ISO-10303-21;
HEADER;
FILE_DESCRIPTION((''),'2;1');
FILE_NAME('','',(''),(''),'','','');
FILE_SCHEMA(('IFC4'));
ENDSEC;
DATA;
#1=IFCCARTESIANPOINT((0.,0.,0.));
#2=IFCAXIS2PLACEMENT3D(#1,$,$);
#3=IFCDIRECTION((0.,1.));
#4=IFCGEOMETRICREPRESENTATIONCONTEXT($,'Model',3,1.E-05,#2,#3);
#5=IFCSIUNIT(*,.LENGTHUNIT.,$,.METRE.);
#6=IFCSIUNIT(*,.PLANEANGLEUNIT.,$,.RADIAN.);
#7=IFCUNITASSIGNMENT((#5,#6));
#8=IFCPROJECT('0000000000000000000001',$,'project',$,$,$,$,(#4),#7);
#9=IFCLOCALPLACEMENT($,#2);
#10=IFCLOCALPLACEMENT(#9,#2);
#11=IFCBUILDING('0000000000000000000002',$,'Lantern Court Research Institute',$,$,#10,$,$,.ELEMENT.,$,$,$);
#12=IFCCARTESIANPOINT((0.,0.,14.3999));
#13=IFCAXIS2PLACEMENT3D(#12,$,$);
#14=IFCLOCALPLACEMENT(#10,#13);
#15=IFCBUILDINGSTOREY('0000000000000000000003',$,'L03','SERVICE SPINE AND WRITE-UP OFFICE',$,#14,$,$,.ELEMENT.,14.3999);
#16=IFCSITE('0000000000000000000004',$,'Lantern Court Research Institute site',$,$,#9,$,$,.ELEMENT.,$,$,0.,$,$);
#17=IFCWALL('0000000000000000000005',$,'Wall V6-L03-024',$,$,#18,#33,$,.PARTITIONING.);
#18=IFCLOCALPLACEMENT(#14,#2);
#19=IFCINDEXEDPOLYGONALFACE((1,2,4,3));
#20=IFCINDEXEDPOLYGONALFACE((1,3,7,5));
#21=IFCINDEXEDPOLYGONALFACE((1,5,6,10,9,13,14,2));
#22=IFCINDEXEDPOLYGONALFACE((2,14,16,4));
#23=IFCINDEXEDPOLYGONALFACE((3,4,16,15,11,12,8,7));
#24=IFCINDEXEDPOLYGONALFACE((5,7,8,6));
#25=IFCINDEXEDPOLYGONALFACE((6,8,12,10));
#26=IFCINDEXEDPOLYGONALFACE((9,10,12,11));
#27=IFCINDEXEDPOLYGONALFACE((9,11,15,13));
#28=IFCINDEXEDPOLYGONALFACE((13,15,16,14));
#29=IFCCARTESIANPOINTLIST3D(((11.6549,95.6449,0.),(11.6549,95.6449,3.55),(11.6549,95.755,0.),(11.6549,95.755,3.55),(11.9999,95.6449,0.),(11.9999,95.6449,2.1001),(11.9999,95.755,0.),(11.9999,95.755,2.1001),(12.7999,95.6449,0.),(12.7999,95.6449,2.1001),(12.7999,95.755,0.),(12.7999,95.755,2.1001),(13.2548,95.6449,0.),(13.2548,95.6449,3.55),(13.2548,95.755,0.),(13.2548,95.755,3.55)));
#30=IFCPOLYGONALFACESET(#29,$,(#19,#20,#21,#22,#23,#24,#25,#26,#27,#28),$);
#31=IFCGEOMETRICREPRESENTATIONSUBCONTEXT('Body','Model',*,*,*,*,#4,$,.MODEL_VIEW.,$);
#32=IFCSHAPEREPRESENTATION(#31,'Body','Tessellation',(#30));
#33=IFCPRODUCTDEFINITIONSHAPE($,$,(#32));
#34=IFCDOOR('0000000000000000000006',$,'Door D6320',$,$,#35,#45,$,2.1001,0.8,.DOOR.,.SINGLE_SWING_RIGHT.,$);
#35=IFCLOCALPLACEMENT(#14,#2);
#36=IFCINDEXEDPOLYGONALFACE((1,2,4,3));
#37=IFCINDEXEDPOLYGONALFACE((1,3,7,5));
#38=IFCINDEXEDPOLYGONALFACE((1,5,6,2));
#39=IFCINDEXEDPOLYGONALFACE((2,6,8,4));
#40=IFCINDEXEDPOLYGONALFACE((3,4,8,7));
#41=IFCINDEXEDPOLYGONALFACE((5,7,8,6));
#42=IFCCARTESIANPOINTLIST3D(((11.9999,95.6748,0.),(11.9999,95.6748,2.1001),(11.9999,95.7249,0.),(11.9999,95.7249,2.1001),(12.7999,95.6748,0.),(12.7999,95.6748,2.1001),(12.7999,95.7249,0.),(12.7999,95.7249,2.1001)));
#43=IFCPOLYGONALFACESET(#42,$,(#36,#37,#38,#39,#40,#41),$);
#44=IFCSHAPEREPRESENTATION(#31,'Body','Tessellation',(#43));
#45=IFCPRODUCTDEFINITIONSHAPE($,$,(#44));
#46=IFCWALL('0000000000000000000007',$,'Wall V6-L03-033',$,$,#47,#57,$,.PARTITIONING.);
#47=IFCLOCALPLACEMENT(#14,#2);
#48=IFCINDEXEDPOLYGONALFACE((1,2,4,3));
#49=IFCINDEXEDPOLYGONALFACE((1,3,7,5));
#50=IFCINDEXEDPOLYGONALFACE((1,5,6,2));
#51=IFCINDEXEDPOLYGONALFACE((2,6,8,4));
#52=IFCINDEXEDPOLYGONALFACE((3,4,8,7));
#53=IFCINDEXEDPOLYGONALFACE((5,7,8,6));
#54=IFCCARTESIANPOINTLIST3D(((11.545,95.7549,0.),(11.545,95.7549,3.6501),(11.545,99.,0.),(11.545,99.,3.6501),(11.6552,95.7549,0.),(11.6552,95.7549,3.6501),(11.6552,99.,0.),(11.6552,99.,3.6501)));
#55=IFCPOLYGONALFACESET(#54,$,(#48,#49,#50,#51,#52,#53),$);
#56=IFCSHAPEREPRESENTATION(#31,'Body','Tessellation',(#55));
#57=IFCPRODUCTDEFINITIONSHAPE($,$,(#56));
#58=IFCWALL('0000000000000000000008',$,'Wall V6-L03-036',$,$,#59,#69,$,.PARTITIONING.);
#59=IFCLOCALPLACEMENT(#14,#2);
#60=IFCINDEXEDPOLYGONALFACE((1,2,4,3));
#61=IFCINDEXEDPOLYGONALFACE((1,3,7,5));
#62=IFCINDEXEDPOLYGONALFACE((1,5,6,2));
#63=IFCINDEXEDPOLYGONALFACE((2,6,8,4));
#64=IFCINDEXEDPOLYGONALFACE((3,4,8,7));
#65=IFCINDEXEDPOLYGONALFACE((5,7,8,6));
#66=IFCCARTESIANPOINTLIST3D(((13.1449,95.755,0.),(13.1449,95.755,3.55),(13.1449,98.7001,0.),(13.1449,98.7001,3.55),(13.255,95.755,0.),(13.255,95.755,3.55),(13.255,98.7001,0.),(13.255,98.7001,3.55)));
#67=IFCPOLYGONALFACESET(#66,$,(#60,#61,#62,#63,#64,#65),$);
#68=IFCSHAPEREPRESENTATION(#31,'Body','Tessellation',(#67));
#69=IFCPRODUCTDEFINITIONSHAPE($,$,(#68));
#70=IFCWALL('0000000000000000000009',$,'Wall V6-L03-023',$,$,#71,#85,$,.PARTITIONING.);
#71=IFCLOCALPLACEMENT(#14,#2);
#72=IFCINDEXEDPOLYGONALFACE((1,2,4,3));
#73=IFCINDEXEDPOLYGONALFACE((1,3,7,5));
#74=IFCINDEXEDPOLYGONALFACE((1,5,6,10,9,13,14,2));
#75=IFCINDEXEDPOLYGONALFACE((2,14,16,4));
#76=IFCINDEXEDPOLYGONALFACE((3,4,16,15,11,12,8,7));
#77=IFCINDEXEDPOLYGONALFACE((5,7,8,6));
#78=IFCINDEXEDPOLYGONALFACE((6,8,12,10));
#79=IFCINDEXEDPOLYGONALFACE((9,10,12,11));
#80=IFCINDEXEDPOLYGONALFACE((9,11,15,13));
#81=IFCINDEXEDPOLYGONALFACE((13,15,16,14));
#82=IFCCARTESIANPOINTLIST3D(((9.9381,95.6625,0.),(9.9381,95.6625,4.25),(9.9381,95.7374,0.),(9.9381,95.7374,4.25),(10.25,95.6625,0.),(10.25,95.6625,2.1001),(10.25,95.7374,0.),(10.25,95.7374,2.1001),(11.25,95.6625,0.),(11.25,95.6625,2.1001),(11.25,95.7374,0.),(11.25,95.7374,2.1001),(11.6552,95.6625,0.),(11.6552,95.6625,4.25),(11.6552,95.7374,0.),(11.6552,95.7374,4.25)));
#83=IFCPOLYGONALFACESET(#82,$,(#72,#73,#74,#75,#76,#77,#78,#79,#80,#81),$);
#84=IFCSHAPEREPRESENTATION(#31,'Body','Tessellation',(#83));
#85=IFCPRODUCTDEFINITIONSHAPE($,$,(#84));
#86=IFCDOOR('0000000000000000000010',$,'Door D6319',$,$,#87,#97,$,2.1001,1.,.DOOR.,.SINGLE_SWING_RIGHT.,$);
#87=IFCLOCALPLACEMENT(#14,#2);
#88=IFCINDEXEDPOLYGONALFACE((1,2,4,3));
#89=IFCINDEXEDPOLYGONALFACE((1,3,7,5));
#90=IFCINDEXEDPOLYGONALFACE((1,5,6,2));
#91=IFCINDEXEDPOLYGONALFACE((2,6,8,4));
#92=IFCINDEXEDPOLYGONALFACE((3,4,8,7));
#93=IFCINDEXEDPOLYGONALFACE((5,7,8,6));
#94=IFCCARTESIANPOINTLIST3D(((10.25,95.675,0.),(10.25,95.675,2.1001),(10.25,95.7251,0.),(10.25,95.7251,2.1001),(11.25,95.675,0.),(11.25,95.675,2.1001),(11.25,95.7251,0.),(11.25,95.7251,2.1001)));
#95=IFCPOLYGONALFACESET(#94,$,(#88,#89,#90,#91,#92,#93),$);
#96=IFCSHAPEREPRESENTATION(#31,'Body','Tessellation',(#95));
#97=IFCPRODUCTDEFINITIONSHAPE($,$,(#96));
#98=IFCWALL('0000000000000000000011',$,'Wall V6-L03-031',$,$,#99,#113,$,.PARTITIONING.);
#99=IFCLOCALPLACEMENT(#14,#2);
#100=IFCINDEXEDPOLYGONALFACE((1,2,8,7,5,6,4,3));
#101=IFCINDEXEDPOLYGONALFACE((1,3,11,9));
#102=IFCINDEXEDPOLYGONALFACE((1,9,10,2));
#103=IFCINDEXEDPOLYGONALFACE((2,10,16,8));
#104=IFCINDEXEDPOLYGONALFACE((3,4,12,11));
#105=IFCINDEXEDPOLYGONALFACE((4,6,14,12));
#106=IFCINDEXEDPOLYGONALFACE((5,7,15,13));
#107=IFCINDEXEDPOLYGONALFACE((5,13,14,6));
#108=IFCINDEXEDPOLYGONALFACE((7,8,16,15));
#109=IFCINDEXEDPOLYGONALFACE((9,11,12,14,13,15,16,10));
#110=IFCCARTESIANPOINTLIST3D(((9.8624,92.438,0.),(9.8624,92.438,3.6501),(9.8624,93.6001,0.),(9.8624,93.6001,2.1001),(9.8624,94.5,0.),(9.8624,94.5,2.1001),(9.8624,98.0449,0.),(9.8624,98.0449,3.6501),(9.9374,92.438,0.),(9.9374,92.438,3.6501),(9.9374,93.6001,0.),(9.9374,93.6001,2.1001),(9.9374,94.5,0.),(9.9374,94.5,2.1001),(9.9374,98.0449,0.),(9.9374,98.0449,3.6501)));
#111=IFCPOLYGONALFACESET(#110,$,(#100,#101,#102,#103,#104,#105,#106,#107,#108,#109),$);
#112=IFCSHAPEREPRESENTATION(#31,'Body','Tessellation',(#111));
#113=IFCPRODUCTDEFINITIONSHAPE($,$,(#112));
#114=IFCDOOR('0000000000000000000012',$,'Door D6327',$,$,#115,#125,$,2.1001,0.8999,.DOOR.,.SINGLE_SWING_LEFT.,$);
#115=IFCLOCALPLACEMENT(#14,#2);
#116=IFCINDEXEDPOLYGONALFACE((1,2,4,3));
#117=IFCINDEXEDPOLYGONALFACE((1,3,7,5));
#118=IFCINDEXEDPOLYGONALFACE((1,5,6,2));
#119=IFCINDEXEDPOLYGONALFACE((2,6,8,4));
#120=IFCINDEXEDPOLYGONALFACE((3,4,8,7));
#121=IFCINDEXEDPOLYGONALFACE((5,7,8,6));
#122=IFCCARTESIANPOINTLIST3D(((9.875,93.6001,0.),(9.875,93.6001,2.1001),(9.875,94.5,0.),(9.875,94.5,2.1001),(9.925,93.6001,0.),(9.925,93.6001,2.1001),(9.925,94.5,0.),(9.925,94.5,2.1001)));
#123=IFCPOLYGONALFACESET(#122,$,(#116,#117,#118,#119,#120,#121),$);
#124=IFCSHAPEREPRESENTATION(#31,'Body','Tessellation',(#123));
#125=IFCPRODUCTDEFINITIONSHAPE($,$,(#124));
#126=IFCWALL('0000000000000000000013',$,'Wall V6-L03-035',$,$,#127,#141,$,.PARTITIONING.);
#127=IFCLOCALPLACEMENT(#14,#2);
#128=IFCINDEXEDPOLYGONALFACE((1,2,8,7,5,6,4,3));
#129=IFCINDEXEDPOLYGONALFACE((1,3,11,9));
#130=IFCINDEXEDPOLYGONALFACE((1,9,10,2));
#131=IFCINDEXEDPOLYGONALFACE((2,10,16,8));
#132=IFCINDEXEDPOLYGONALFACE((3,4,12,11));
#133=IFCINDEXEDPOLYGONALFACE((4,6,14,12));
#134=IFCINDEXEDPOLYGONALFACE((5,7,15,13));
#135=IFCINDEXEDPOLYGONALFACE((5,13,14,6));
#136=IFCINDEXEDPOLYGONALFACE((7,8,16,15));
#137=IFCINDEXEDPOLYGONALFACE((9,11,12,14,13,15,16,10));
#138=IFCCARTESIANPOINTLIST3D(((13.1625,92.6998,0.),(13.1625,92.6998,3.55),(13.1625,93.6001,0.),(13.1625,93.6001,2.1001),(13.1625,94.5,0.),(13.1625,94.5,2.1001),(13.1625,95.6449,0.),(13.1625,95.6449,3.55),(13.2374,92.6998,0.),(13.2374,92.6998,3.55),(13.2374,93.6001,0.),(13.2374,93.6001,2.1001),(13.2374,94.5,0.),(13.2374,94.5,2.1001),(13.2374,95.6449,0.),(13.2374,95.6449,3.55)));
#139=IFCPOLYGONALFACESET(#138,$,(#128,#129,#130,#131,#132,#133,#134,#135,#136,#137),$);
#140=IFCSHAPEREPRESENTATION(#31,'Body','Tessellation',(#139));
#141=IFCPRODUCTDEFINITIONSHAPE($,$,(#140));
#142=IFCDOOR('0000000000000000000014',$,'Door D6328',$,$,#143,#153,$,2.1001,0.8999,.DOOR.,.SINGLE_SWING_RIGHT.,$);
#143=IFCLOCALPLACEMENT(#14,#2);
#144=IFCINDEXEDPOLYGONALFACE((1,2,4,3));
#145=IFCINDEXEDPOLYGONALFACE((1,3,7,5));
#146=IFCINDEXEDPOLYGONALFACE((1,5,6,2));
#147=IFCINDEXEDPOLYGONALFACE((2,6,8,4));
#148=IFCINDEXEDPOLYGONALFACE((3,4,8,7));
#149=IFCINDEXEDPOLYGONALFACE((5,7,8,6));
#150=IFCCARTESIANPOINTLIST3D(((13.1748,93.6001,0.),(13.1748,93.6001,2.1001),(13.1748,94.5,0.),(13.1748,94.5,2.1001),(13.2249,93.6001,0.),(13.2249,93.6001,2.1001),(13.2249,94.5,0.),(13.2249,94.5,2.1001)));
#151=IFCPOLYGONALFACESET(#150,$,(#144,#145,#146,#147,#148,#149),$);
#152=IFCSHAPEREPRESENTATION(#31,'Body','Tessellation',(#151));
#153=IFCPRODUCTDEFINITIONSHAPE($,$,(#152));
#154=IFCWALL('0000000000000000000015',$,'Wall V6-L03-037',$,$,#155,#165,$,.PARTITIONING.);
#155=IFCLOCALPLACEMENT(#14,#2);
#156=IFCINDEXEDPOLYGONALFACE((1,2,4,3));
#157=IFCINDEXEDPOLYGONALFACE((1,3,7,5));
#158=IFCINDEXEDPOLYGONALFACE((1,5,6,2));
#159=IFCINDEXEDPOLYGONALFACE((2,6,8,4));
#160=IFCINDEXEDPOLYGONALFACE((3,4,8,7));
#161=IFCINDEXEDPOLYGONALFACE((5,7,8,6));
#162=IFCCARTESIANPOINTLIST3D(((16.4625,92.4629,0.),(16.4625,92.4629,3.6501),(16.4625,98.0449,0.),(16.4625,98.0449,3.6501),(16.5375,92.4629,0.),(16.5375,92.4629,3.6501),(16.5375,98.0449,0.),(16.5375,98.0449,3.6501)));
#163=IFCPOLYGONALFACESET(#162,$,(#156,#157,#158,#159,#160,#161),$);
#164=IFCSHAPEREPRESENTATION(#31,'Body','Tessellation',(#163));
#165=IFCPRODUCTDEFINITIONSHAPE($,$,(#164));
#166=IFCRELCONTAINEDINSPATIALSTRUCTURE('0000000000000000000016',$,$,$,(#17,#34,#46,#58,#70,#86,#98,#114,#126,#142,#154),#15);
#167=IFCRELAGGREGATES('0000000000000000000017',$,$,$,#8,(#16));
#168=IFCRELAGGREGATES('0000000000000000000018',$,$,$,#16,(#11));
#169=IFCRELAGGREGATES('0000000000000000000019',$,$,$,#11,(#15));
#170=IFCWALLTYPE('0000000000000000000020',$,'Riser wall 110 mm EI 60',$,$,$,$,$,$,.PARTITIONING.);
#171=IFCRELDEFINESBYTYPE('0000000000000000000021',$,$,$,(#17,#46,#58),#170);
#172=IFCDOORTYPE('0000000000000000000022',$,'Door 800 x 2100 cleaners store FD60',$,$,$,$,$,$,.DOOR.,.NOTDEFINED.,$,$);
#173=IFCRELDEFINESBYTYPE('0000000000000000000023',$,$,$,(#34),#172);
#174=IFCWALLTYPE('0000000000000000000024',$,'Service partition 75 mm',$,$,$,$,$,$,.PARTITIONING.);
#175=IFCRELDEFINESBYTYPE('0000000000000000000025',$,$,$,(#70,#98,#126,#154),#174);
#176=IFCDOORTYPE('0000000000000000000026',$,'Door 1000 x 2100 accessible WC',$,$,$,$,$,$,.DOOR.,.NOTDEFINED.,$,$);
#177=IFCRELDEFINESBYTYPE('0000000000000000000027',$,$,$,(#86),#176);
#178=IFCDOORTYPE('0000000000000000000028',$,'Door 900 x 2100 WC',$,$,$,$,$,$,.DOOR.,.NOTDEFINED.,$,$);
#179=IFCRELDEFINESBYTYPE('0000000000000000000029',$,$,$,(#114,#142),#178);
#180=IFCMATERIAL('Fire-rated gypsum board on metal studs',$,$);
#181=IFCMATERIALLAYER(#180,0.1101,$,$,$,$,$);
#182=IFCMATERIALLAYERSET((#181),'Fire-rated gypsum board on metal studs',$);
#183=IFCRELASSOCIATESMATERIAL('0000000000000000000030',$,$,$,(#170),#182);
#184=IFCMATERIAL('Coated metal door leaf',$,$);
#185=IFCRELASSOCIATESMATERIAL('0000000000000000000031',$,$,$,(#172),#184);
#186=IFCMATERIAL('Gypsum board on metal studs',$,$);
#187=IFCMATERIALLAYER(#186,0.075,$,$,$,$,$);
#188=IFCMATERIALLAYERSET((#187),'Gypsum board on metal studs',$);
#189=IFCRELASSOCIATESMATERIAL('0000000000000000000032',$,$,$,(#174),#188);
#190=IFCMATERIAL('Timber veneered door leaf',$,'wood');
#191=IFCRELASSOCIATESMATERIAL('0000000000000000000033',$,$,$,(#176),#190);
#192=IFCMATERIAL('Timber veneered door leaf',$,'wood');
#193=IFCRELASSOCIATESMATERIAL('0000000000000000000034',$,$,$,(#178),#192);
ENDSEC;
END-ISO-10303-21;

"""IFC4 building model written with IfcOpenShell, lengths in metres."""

from ifc_helpers import new_model, si_unit, direction, frame, frame_2d, origin, place, context, subcontext, project, spatial, rectangle, extrude, material, layer, layer_set, type_object, element, fill, save


model = new_model("IFC4")

# Units and contexts
model_context = context("Model", 3, precision=1e-05, world=origin(), true_north=direction((0.0, 1.0)))
body_context = subcontext(model_context, "Body", "Model", "MODEL_VIEW")
ifc_project = project(units=[si_unit("LENGTHUNIT", "METRE"), si_unit("PLANEANGLEUNIT", "RADIAN")], contexts=[model_context])

# Site, building, storey
site_placement = place(None, origin())
site = spatial("IfcSite", under=ifc_project, at=site_placement, Name="Lantern Court Research Institute site", CompositionType="ELEMENT", RefElevation=0.0)
building_placement = place(site_placement, origin())
building = spatial("IfcBuilding", under=site, at=building_placement, Name="Lantern Court Research Institute", CompositionType="ELEMENT")
storey_placement = place(building_placement, frame((0.0, 0.0, 14.3999)))
storey = spatial("IfcBuildingStorey", under=building, at=storey_placement, Name="L03", Description="SERVICE SPINE AND WRITE-UP OFFICE", CompositionType="ELEMENT", Elevation=14.3999)

# Wall, opening, door
ifc_material_1 = material(Name="Fire-rated gypsum board on metal studs")
ifc_layer_1 = layer(ifc_material_1, 0.1101)
ifc_layer_set_1 = layer_set([ifc_layer_1], Name="Fire-rated gypsum board on metal studs")
wall_type_1 = type_object("IfcWallType", Name="Riser wall 110 mm EI 60", PredefinedType="PARTITIONING", material=ifc_layer_set_1)
wall_1_placement = place(storey_placement, frame((11.655, 95.7, 0.0), z_axis=(0.0, 0.0, 1.0), x_axis=(1.0, 0.0, 0.0)))
wall_1 = element("IfcWall", 1, at=wall_1_placement, inside=storey, type_object=wall_type_1, Name="Wall V6-L03-024", PredefinedType="PARTITIONING", context=body_context, shape_type="SweptSolid", body=[
    extrude(rectangle(XDim=1.5999, YDim=0.1101, at=frame_2d((0.7998, 0.0))), origin(), (0.0, 0.0, 1.0), 3.55),
])
opening_1_placement = place(wall_1_placement, frame((0.345, 0.0, 0.0)))
opening_1 = element("IfcOpeningElement", 2, at=opening_1_placement, cuts=wall_1, PredefinedType="OPENING", context=body_context, shape_type="SweptSolid", body=[
    extrude(rectangle(XDim=0.8, YDim=2.1001, at=frame_2d((0.3999, 1.05))), frame((0.0, 0.0649, 0.0), z_axis=(0.0, -1.0, 0.0), x_axis=(1.0, 0.0, 0.0)), (0.0, 0.0, 1.0), 0.1301),
])
ifc_material_2 = material(Name="Coated metal door leaf")
door_type_1 = type_object("IfcDoorType", Name="Door 800 x 2100 cleaners store FD60", OperationType="NOTDEFINED", PredefinedType="DOOR", material=ifc_material_2)
door_1_placement = place(opening_1_placement, origin())
door_1 = element("IfcDoor", 3, at=door_1_placement, inside=storey, type_object=door_type_1, Name="Door D6320", OperationType="SINGLE_SWING_RIGHT", OverallHeight=2.1001, OverallWidth=0.8, PredefinedType="DOOR", context=body_context, shape_type="SweptSolid", body=[
    extrude(rectangle(XDim=0.8, YDim=2.1001, at=frame_2d((0.3999, 1.05))), frame((0.0, 0.0249, 0.0), z_axis=(0.0, -1.0, 0.0), x_axis=(1.0, 0.0, 0.0)), (0.0, 0.0, 1.0), 0.05),
])
fill(opening_1, door_1)

# Walls
wall_2_placement = place(storey_placement, frame((11.6001, 95.7549, 0.0), z_axis=(0.0, 0.0, 1.0), x_axis=(0.0, 1.0, 0.0)))
element("IfcWall", 4, at=wall_2_placement, inside=storey, type_object=wall_type_1, Name="Wall V6-L03-033", PredefinedType="PARTITIONING", context=body_context, shape_type="SweptSolid", body=[
    extrude(rectangle(XDim=3.2451, YDim=0.1101, at=frame_2d((1.6226, 0.0))), origin(), (0.0, 0.0, 1.0), 3.6501),
])
wall_3_placement = place(storey_placement, frame((13.2, 95.7549, 0.0), z_axis=(0.0, 0.0, 1.0), x_axis=(0.0, 1.0, 0.0)))
element("IfcWall", 5, at=wall_3_placement, inside=storey, type_object=wall_type_1, Name="Wall V6-L03-036", PredefinedType="PARTITIONING", context=body_context, shape_type="SweptSolid", body=[
    extrude(rectangle(XDim=2.9451, YDim=0.1101, at=frame_2d((1.4727, 0.0))), origin(), (0.0, 0.0, 1.0), 3.55),
])

# Walls, openings, doors
ifc_material_3 = material(Name="Gypsum board on metal studs")
ifc_layer_2 = layer(ifc_material_3, 0.075)
ifc_layer_set_2 = layer_set([ifc_layer_2], Name="Gypsum board on metal studs")
wall_type_2 = type_object("IfcWallType", Name="Service partition 75 mm", PredefinedType="PARTITIONING", material=ifc_layer_set_2)
wall_4_placement = place(storey_placement, frame((11.655, 95.7, 0.0), z_axis=(0.0, 0.0, 1.0), x_axis=(-1.0, 0.0, 0.0)))
wall_4 = element("IfcWall", 6, at=wall_4_placement, inside=storey, type_object=wall_type_2, Name="Wall V6-L03-023", PredefinedType="PARTITIONING", context=body_context, shape_type="SweptSolid", body=[
    extrude(rectangle(XDim=1.717, YDim=0.075, at=frame_2d((0.8584, 0.0))), origin(), (0.0, 0.0, 1.0), 4.25),
])
opening_2_placement = place(wall_4_placement, frame((0.405, 0.0, 0.0)))
opening_2 = element("IfcOpeningElement", 7, at=opening_2_placement, cuts=wall_4, PredefinedType="OPENING", context=body_context, shape_type="SweptSolid", body=[
    extrude(rectangle(XDim=1.0, YDim=2.1001, at=frame_2d((0.5, 1.05))), frame((0.0, 0.0474, 0.0), z_axis=(0.0, -1.0, 0.0), x_axis=(1.0, 0.0, 0.0)), (0.0, 0.0, 1.0), 0.095),
])
ifc_material_4 = material(Name="Timber veneered door leaf", Category="wood")
door_type_2 = type_object("IfcDoorType", Name="Door 1000 x 2100 accessible WC", OperationType="NOTDEFINED", PredefinedType="DOOR", material=ifc_material_4)
door_2_placement = place(opening_2_placement, origin())
door_2 = element("IfcDoor", 8, at=door_2_placement, inside=storey, type_object=door_type_2, Name="Door D6319", OperationType="SINGLE_SWING_RIGHT", OverallHeight=2.1001, OverallWidth=1.0, PredefinedType="DOOR", context=body_context, shape_type="SweptSolid", body=[
    extrude(rectangle(XDim=1.0, YDim=2.1001, at=frame_2d((0.5, 1.05))), frame((0.0, 0.0249, 0.0), z_axis=(0.0, -1.0, 0.0), x_axis=(1.0, 0.0, 0.0)), (0.0, 0.0, 1.0), 0.05),
])
fill(opening_2, door_2)
wall_5_placement = place(storey_placement, frame((9.8999, 92.438, 0.0), z_axis=(0.0, 0.0, 1.0), x_axis=(0.0, 1.0, 0.0)))
wall_5 = element("IfcWall", 9, at=wall_5_placement, inside=storey, type_object=wall_type_2, Name="Wall V6-L03-031", PredefinedType="PARTITIONING", context=body_context, shape_type="SweptSolid", body=[
    extrude(rectangle(XDim=5.6069, YDim=0.075, at=frame_2d((2.8035, 0.0))), origin(), (0.0, 0.0, 1.0), 3.6501),
])
opening_3_placement = place(wall_5_placement, frame((1.1621, 0.0, 0.0)))
opening_3 = element("IfcOpeningElement", 10, at=opening_3_placement, cuts=wall_5, PredefinedType="OPENING", context=body_context, shape_type="SweptSolid", body=[
    extrude(rectangle(XDim=0.8999, YDim=2.1001, at=frame_2d((0.45, 1.05))), frame((0.0, 0.0474, 0.0), z_axis=(0.0, -1.0, 0.0), x_axis=(1.0, 0.0, 0.0)), (0.0, 0.0, 1.0), 0.095),
])
ifc_material_5 = material(Name="Timber veneered door leaf", Category="wood")
door_type_3 = type_object("IfcDoorType", Name="Door 900 x 2100 WC", OperationType="NOTDEFINED", PredefinedType="DOOR", material=ifc_material_5)
door_3_placement = place(opening_3_placement, origin())
door_3 = element("IfcDoor", 11, at=door_3_placement, inside=storey, type_object=door_type_3, Name="Door D6327", OperationType="SINGLE_SWING_LEFT", OverallHeight=2.1001, OverallWidth=0.8999, PredefinedType="DOOR", context=body_context, shape_type="SweptSolid", body=[
    extrude(rectangle(XDim=0.8999, YDim=2.1001, at=frame_2d((0.45, 1.05))), frame((0.0, 0.0249, 0.0), z_axis=(0.0, -1.0, 0.0), x_axis=(1.0, 0.0, 0.0)), (0.0, 0.0, 1.0), 0.05),
])
fill(opening_3, door_3)
wall_6_placement = place(storey_placement, frame((13.2, 95.645, 0.0), z_axis=(0.0, 0.0, 1.0), x_axis=(0.0, -1.0, 0.0)))
wall_6 = element("IfcWall", 12, at=wall_6_placement, inside=storey, type_object=wall_type_2, Name="Wall V6-L03-035", PredefinedType="PARTITIONING", context=body_context, shape_type="SweptSolid", body=[
    extrude(rectangle(XDim=2.9451, YDim=0.075, at=frame_2d((1.4727, 0.0))), origin(), (0.0, 0.0, 1.0), 3.55),
])
opening_4_placement = place(wall_6_placement, frame((1.145, 0.0, 0.0)))
opening_4 = element("IfcOpeningElement", 13, at=opening_4_placement, cuts=wall_6, PredefinedType="OPENING", context=body_context, shape_type="SweptSolid", body=[
    extrude(rectangle(XDim=0.8999, YDim=2.1001, at=frame_2d((0.45, 1.05))), frame((0.0, 0.0474, 0.0), z_axis=(0.0, -1.0, 0.0), x_axis=(1.0, 0.0, 0.0)), (0.0, 0.0, 1.0), 0.095),
])
door_4_placement = place(opening_4_placement, origin())
door_4 = element("IfcDoor", 14, at=door_4_placement, inside=storey, type_object=door_type_3, Name="Door D6328", OperationType="SINGLE_SWING_RIGHT", OverallHeight=2.1001, OverallWidth=0.8999, PredefinedType="DOOR", context=body_context, shape_type="SweptSolid", body=[
    extrude(rectangle(XDim=0.8999, YDim=2.1001, at=frame_2d((0.45, 1.05))), frame((0.0, 0.0249, 0.0), z_axis=(0.0, -1.0, 0.0), x_axis=(1.0, 0.0, 0.0)), (0.0, 0.0, 1.0), 0.05),
])
fill(opening_4, door_4)

# Wall
wall_7_placement = place(storey_placement, frame((16.5, 92.4629, 0.0), z_axis=(0.0, 0.0, 1.0), x_axis=(0.0, 1.0, 0.0)))
element("IfcWall", 15, at=wall_7_placement, inside=storey, type_object=wall_type_2, Name="Wall V6-L03-037", PredefinedType="PARTITIONING", context=body_context, shape_type="SweptSolid", body=[
    extrude(rectangle(XDim=5.582, YDim=0.075, at=frame_2d((2.791, 0.0))), origin(), (0.0, 0.0, 1.0), 3.6501),
])

save(model, "model.ifc")
